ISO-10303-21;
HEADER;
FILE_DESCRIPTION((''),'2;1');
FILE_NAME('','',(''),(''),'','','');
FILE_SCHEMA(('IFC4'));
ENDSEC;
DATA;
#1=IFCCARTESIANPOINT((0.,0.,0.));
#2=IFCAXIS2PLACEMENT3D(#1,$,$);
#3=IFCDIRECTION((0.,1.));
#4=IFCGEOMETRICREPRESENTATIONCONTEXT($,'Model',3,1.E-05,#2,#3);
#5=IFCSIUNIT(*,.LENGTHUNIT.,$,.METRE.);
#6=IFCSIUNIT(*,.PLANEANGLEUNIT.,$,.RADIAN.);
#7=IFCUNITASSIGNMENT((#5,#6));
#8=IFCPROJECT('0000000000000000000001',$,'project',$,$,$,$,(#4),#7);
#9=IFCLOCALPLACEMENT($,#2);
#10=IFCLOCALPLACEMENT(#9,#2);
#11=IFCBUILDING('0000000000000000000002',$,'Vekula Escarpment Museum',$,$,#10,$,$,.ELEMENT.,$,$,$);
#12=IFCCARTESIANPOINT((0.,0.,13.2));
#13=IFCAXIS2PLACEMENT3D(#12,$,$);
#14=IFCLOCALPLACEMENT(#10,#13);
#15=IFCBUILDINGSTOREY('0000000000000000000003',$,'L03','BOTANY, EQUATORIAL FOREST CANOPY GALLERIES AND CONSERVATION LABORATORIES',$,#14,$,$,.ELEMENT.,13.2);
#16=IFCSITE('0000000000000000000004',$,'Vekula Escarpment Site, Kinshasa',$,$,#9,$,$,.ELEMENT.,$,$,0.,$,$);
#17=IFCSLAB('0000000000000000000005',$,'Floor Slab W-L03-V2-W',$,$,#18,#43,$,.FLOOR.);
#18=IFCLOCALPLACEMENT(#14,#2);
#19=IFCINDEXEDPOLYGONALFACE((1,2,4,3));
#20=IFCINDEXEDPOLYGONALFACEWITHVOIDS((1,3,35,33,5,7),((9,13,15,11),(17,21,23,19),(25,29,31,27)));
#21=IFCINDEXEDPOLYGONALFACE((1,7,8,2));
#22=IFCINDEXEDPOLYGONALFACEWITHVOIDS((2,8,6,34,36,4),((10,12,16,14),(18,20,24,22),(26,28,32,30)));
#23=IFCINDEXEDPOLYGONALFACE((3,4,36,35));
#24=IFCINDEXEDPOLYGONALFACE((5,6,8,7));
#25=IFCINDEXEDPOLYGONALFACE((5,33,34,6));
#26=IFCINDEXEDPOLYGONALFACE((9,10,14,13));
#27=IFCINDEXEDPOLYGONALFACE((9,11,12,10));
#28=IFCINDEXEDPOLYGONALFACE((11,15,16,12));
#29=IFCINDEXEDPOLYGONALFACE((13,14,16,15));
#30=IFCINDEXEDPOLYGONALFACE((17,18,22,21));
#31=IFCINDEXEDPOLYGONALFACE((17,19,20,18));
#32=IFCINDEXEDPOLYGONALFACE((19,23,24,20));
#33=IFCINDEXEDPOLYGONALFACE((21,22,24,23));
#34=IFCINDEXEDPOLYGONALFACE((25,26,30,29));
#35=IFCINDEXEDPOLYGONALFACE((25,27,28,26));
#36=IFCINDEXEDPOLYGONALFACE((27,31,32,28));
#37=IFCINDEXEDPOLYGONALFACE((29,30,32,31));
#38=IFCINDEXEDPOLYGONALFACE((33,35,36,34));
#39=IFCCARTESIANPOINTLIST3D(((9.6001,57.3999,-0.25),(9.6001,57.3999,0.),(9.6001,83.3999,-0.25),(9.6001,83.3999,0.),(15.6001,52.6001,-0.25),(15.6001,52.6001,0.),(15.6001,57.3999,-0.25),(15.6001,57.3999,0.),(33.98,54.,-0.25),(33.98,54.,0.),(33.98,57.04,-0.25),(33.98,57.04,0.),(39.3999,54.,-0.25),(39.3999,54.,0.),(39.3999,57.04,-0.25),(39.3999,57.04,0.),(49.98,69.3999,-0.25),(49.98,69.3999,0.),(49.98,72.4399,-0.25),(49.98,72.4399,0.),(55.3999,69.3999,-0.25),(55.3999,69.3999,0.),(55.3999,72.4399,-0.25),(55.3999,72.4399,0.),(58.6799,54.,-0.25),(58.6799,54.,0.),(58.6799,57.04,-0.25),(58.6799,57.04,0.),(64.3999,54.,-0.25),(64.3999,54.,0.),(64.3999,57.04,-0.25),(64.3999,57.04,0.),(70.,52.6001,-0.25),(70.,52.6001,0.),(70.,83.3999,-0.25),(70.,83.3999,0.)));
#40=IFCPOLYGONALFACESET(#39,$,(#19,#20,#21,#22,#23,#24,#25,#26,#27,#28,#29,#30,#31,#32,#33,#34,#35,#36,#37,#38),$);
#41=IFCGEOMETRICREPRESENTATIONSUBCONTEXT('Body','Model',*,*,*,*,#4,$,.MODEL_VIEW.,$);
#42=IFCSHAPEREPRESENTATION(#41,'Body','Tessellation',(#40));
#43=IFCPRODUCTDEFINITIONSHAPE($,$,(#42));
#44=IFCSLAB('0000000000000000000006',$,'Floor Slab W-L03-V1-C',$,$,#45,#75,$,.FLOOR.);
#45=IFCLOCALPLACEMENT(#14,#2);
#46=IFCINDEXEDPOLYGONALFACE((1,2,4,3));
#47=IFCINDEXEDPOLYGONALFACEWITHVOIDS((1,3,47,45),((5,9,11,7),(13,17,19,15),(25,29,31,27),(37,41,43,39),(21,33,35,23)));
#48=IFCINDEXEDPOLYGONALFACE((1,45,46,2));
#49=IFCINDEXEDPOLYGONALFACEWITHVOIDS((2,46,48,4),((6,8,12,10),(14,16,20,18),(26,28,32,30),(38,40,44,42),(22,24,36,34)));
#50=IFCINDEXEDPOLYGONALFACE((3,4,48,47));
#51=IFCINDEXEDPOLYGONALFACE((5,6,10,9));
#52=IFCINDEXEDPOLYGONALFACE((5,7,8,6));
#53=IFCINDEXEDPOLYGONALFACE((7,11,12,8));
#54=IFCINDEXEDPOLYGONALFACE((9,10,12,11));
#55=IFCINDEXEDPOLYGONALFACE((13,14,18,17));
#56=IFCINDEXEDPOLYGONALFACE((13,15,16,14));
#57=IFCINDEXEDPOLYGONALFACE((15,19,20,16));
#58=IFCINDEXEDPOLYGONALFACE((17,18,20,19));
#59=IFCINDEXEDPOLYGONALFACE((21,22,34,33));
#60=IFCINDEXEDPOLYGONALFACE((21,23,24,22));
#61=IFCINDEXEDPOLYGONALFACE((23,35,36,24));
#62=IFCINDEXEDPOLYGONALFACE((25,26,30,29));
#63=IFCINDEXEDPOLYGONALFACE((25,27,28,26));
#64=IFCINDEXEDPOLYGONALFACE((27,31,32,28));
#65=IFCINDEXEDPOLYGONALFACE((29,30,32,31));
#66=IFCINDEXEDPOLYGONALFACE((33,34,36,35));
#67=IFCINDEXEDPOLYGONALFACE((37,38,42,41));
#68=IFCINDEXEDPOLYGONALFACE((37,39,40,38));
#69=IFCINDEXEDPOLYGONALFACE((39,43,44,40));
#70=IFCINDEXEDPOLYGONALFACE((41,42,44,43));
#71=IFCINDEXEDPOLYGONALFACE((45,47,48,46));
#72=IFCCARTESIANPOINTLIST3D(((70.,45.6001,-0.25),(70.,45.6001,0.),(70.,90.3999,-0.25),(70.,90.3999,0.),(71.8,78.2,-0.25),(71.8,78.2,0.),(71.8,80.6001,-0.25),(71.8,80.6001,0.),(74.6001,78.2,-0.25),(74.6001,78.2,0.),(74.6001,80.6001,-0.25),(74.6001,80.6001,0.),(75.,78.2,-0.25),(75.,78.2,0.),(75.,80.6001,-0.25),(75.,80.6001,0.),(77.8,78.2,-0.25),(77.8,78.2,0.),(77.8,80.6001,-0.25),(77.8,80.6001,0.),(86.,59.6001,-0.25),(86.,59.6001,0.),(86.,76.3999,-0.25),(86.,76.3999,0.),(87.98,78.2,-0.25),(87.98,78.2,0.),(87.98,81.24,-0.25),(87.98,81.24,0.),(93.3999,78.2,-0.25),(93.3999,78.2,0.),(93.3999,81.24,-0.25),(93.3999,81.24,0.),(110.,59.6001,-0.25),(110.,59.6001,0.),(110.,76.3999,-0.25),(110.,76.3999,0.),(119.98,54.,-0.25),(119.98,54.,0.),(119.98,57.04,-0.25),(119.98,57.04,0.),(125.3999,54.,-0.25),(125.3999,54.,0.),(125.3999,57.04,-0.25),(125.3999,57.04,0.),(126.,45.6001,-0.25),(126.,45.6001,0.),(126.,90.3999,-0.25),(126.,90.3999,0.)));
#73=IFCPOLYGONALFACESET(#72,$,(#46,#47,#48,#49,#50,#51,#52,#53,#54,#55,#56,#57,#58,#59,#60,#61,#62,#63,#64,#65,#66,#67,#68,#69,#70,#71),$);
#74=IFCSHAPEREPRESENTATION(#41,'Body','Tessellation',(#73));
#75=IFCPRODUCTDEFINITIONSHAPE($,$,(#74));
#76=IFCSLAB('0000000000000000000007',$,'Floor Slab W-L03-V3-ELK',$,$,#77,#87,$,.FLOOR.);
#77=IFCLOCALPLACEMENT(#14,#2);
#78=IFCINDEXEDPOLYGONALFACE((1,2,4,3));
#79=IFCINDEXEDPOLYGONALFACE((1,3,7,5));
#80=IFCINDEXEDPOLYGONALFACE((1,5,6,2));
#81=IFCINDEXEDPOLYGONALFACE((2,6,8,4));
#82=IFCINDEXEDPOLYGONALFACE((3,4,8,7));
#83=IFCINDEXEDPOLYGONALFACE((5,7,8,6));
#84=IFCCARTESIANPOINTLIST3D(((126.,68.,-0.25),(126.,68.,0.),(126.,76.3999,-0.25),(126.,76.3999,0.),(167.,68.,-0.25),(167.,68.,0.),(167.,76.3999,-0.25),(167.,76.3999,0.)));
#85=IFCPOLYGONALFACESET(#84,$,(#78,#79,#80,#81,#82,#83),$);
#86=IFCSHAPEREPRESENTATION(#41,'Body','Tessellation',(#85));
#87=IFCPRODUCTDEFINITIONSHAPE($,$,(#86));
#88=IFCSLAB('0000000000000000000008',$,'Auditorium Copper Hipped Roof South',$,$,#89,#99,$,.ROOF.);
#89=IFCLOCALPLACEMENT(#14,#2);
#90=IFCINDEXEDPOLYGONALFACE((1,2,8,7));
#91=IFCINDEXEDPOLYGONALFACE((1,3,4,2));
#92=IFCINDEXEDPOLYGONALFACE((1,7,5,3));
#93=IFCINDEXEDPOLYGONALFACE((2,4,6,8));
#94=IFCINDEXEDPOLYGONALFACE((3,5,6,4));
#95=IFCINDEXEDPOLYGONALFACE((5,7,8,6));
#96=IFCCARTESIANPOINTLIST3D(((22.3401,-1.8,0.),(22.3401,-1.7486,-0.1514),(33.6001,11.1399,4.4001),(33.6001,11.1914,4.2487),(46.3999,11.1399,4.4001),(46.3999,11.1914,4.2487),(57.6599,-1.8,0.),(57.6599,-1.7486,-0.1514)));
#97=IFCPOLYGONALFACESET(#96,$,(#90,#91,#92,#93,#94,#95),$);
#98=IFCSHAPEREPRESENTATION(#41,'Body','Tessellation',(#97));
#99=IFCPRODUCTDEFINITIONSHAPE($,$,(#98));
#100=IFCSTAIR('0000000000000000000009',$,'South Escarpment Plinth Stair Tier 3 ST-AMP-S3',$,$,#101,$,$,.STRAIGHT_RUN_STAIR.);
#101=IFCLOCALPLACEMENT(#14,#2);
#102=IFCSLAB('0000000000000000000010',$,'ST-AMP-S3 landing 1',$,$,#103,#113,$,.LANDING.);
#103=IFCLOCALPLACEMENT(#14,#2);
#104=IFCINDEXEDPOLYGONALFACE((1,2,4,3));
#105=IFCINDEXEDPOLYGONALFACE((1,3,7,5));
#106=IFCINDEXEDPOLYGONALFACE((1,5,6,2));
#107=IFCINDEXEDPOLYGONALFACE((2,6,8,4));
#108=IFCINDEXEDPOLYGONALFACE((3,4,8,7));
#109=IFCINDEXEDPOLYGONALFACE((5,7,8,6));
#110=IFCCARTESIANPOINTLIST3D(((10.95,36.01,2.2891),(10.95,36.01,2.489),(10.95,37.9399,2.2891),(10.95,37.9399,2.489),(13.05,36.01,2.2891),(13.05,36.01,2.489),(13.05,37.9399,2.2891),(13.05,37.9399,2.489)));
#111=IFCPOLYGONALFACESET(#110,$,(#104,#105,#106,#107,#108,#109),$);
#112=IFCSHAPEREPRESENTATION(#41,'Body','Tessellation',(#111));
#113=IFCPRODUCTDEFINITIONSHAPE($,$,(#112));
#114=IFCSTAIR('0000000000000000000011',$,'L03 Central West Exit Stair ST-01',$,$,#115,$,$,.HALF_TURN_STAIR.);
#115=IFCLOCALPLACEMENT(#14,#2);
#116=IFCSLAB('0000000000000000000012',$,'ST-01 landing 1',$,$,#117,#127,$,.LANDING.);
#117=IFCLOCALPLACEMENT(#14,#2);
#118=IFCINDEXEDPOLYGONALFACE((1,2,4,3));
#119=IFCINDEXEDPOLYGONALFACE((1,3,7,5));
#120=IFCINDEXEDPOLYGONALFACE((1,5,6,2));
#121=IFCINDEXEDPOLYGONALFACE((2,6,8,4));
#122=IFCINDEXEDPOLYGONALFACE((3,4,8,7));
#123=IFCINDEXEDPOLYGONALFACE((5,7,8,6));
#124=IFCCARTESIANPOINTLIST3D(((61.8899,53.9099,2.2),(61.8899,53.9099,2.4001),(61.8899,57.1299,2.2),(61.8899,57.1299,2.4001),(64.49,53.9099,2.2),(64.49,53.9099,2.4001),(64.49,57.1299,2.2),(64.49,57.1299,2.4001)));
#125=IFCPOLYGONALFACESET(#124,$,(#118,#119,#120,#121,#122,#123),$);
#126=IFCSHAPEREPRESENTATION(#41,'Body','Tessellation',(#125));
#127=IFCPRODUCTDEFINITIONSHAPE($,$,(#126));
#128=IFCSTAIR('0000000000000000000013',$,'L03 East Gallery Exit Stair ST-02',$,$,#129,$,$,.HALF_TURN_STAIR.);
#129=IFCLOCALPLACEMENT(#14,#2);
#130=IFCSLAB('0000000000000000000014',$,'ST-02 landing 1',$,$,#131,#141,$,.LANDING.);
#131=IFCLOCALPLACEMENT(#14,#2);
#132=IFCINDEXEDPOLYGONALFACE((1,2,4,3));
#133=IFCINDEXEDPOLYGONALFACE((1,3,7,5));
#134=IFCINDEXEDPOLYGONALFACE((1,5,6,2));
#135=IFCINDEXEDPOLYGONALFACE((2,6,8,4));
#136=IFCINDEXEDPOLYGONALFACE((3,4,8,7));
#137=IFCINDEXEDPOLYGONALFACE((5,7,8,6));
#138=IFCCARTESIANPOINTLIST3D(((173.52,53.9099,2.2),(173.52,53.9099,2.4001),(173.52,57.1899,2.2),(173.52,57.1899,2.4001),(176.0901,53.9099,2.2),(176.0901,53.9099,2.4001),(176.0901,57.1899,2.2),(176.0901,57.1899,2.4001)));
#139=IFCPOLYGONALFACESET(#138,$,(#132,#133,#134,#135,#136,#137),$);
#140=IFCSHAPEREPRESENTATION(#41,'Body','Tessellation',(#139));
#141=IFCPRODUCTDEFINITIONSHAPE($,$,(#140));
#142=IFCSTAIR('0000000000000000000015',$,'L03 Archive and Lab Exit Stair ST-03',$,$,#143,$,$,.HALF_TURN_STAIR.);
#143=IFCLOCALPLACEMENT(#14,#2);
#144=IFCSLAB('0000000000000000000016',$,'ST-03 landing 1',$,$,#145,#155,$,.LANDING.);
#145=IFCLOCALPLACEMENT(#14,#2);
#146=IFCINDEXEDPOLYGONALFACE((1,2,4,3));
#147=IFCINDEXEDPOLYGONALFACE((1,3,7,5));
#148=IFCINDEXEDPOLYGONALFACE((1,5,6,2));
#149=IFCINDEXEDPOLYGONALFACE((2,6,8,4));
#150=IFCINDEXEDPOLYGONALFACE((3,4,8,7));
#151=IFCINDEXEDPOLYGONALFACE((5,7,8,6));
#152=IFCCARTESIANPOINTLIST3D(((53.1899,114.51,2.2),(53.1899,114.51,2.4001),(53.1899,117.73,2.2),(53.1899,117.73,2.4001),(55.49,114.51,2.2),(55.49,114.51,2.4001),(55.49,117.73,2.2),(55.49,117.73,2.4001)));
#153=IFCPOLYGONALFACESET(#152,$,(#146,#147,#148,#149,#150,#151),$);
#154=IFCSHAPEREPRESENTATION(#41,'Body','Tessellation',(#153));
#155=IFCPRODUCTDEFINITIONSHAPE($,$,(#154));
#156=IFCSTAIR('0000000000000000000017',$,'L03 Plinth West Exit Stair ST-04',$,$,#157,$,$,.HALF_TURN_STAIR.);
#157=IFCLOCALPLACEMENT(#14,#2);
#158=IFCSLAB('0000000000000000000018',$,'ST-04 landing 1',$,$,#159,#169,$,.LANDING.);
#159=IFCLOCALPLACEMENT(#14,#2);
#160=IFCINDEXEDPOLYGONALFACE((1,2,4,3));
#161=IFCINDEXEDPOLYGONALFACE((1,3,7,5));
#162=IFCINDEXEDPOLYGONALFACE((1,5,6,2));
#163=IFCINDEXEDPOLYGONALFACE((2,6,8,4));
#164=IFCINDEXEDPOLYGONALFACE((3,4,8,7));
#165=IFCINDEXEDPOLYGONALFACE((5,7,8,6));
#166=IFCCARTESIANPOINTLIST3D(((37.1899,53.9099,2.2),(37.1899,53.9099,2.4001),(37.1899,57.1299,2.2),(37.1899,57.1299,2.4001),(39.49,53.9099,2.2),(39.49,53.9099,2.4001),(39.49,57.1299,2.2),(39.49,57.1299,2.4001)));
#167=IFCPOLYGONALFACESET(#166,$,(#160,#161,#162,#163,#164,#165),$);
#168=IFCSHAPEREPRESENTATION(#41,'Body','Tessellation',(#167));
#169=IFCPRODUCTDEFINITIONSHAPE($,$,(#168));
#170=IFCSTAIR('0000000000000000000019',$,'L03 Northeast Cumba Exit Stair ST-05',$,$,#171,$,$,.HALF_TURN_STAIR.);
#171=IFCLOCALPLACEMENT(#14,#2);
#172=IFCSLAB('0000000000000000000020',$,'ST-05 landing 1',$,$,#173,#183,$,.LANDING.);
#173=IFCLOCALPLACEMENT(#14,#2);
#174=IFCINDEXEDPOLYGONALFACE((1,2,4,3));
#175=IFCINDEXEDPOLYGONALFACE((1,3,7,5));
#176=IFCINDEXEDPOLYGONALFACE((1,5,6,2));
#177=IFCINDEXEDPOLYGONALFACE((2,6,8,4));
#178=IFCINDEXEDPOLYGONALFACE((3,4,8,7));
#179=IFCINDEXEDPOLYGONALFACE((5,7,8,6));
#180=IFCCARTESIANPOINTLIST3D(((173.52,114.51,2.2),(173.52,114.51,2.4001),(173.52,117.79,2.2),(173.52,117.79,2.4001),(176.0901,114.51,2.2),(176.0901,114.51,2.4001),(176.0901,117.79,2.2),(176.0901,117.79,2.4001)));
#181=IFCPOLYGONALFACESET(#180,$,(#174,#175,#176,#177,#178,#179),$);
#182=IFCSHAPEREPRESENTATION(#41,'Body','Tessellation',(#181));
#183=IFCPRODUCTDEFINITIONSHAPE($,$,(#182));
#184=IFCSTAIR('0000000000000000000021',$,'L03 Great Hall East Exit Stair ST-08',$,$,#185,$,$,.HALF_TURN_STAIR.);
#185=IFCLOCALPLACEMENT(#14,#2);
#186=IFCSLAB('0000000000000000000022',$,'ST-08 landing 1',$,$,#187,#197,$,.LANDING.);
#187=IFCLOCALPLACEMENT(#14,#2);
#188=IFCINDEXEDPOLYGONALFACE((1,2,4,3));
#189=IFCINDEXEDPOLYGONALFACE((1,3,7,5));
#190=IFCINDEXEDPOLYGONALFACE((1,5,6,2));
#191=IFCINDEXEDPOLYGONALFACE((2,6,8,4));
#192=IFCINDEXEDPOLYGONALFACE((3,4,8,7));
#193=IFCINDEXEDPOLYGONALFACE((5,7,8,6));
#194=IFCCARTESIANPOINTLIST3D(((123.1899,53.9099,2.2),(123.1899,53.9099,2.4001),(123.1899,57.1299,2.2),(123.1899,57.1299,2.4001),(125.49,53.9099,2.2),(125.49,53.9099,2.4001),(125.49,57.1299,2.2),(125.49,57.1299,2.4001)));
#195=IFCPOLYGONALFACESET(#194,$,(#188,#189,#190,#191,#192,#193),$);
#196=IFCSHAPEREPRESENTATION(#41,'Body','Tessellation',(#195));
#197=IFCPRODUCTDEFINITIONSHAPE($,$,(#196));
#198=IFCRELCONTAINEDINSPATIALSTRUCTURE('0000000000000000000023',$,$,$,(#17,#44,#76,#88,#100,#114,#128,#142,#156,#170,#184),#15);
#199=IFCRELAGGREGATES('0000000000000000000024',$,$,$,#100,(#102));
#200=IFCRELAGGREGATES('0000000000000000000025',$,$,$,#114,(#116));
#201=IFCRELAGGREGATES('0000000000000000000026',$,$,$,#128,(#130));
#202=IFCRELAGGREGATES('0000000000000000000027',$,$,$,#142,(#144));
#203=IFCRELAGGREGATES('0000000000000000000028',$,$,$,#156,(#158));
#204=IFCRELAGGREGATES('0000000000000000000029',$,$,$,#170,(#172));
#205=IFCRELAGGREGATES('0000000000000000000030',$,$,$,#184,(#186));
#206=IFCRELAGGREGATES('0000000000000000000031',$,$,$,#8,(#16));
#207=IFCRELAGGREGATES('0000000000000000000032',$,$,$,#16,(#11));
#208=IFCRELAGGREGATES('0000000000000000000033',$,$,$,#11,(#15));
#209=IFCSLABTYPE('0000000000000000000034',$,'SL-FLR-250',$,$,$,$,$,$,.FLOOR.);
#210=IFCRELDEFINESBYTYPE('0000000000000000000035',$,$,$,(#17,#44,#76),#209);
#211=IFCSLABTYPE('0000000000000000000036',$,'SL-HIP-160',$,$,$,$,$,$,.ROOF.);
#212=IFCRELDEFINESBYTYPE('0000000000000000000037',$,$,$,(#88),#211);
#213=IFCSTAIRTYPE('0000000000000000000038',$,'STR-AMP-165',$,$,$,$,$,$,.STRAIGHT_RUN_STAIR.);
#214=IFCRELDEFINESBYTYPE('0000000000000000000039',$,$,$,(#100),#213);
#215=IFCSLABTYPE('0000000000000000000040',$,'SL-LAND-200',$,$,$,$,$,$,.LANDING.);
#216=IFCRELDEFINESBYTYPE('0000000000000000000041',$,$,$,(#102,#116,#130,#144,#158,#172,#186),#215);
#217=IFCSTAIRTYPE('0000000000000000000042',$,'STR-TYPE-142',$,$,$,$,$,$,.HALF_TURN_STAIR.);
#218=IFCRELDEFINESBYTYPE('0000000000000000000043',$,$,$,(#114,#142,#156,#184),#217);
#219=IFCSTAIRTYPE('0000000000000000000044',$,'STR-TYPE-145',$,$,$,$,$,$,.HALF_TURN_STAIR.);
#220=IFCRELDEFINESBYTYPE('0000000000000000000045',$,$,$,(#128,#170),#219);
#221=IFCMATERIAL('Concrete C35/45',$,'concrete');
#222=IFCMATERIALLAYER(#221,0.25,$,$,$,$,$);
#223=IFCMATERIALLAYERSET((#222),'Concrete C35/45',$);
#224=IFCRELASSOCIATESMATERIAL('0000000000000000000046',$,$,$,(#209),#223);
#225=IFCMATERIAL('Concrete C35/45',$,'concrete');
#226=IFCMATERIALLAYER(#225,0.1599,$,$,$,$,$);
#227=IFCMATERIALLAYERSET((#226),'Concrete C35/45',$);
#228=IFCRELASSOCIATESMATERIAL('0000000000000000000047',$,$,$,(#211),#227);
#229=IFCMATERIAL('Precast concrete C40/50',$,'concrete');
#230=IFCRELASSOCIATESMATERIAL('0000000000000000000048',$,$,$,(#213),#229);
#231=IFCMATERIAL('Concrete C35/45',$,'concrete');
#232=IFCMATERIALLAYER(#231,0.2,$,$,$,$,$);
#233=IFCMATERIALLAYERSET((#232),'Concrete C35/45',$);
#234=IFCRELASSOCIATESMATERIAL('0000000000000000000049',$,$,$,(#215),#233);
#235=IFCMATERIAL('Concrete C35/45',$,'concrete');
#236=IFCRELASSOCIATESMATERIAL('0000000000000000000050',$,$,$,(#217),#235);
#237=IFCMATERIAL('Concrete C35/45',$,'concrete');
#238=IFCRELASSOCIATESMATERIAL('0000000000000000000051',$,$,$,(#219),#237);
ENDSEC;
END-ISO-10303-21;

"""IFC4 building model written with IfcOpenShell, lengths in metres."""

from ifc_helpers import new_model, si_unit, direction, frame, origin, place, context, subcontext, project, spatial, polyline, outline, extrude, material, layer, layer_set, type_object, element, aggregate, save


model = new_model("IFC4")

# Units and contexts
model_context = context("Model", 3, precision=1e-05, world=origin(), true_north=direction((0.0, 1.0)))
body_context = subcontext(model_context, "Body", "Model", "MODEL_VIEW")
ifc_project = project(units=[si_unit("LENGTHUNIT", "METRE"), si_unit("PLANEANGLEUNIT", "RADIAN")], contexts=[model_context])

# Site, building, storey
site_placement = place(None, origin())
site = spatial("IfcSite", under=ifc_project, at=site_placement, Name="Vekula Escarpment Site, Kinshasa", CompositionType="ELEMENT", RefElevation=0.0)
building_placement = place(site_placement, origin())
building = spatial("IfcBuilding", under=site, at=building_placement, Name="Vekula Escarpment Museum", CompositionType="ELEMENT")
storey_placement = place(building_placement, frame((0.0, 0.0, 13.2)))
storey = spatial("IfcBuildingStorey", under=building, at=storey_placement, Name="L03", Description="BOTANY, EQUATORIAL FOREST CANOPY GALLERIES AND CONSERVATION LABORATORIES", CompositionType="ELEMENT", Elevation=13.2)

# Slabs
ifc_material_1 = material(Name="Concrete C35/45", Category="concrete")
ifc_layer_1 = layer(ifc_material_1, 0.25)
ifc_layer_set_1 = layer_set([ifc_layer_1], Name="Concrete C35/45")
slab_type_1 = type_object("IfcSlabType", Name="SL-FLR-250", PredefinedType="FLOOR", material=ifc_layer_set_1)
slab_1_placement = place(storey_placement, frame((0.0, 0.0, -0.25)))
element("IfcSlab", 1, at=slab_1_placement, inside=storey, type_object=slab_type_1, Name="Floor Slab W-L03-V2-W", PredefinedType="FLOOR", context=body_context, shape_type="SweptSolid", body=[
    extrude(outline(polyline([(15.6001, 52.6001), (70.0, 52.6001), (70.0, 83.3999), (9.6001, 83.3999), (9.6001, 57.3999), (15.6001, 57.3999), (15.6001, 52.6001)]), holes=[polyline([(58.6799, 54.0), (64.3999, 54.0), (64.3999, 57.04), (58.6799, 57.04), (58.6799, 54.0)]), polyline([(33.98, 54.0), (39.3999, 54.0), (39.3999, 57.04), (33.98, 57.04), (33.98, 54.0)]), polyline([(49.98, 69.3999), (55.3999, 69.3999), (55.3999, 72.4399), (49.98, 72.4399), (49.98, 69.3999)])]), origin(), (0.0, 0.0, 1.0), 0.25),
])
slab_2_placement = place(storey_placement, frame((0.0, 0.0, -0.25)))
element("IfcSlab", 2, at=slab_2_placement, inside=storey, type_object=slab_type_1, Name="Floor Slab W-L03-V1-C", PredefinedType="FLOOR", context=body_context, shape_type="SweptSolid", body=[
    extrude(outline(polyline([(70.0, 45.6001), (126.0, 45.6001), (126.0, 90.3999), (70.0, 90.3999), (70.0, 45.6001)]), holes=[polyline([(86.0, 59.6001), (110.0, 59.6001), (110.0, 76.3999), (86.0, 76.3999), (86.0, 59.6001)]), polyline([(119.98, 54.0), (125.3999, 54.0), (125.3999, 57.04), (119.98, 57.04), (119.98, 54.0)]), polyline([(87.98, 78.2), (93.3999, 78.2), (93.3999, 81.24), (87.98, 81.24), (87.98, 78.2)]), polyline([(71.8, 78.2), (74.6001, 78.2), (74.6001, 80.6001), (71.8, 80.6001), (71.8, 78.2)]), polyline([(75.0, 78.2), (77.8, 78.2), (77.8, 80.6001), (75.0, 80.6001), (75.0, 78.2)])]), origin(), (0.0, 0.0, 1.0), 0.25),
])
slab_3_placement = place(storey_placement, frame((0.0, 0.0, -0.25)))
element("IfcSlab", 3, at=slab_3_placement, inside=storey, type_object=slab_type_1, Name="Floor Slab W-L03-V3-ELK", PredefinedType="FLOOR", context=body_context, shape_type="SweptSolid", body=[
    extrude(outline(polyline([(126.0, 68.0), (167.0, 68.0), (167.0, 76.3999), (126.0, 76.3999), (126.0, 68.0)])), origin(), (0.0, 0.0, 1.0), 0.25),
])
ifc_material_2 = material(Name="Concrete C35/45", Category="concrete")
ifc_layer_2 = layer(ifc_material_2, 0.1599)
ifc_layer_set_2 = layer_set([ifc_layer_2], Name="Concrete C35/45")
slab_type_2 = type_object("IfcSlabType", Name="SL-HIP-160", PredefinedType="ROOF", material=ifc_layer_set_2)
slab_4_placement = place(storey_placement, frame((22.3401, -1.8, 0.0), z_axis=(0.0, -0.32194, 0.94676), x_axis=(1.0, 0.0, 0.0)))
element("IfcSlab", 4, at=slab_4_placement, inside=storey, type_object=slab_type_2, Name="Auditorium Copper Hipped Roof South", PredefinedType="ROOF", context=body_context, shape_type="SweptSolid", body=[
    extrude(outline(polyline([(0.0, 0.0), (35.3198, 0.0), (24.0598, 13.6676), (11.26, 13.6676), (0.0, 0.0)])), origin(), (0.0, 0.0, -1.0), 0.1599),
])

# Stairs, slabs
ifc_material_3 = material(Name="Precast concrete C40/50", Category="concrete")
stair_type_1 = type_object("IfcStairType", Name="STR-AMP-165", PredefinedType="STRAIGHT_RUN_STAIR", material=ifc_material_3)
stair_1_placement = place(storey_placement, origin())
stair_1 = element("IfcStair", 5, at=stair_1_placement, inside=storey, type_object=stair_type_1, Name="South Escarpment Plinth Stair Tier 3 ST-AMP-S3", PredefinedType="STRAIGHT_RUN_STAIR")
ifc_material_4 = material(Name="Concrete C35/45", Category="concrete")
ifc_layer_3 = layer(ifc_material_4, 0.2)
ifc_layer_set_3 = layer_set([ifc_layer_3], Name="Concrete C35/45")
slab_type_3 = type_object("IfcSlabType", Name="SL-LAND-200", PredefinedType="LANDING", material=ifc_layer_set_3)
slab_5_placement = place(storey_placement, frame((0.0, 0.0, 2.2891)))
slab_5 = element("IfcSlab", 6, at=slab_5_placement, type_object=slab_type_3, Name="ST-AMP-S3 landing 1", PredefinedType="LANDING", context=body_context, shape_type="SweptSolid", body=[
    extrude(outline(polyline([(10.95, 36.01), (13.05, 36.01), (13.05, 37.9399), (10.95, 37.9399), (10.95, 36.01)])), origin(), (0.0, 0.0, 1.0), 0.2),
])
aggregate(stair_1, [slab_5])
ifc_material_5 = material(Name="Concrete C35/45", Category="concrete")
stair_type_2 = type_object("IfcStairType", Name="STR-TYPE-142", PredefinedType="HALF_TURN_STAIR", material=ifc_material_5)
stair_2_placement = place(storey_placement, origin())
stair_2 = element("IfcStair", 7, at=stair_2_placement, inside=storey, type_object=stair_type_2, Name="L03 Central West Exit Stair ST-01", PredefinedType="HALF_TURN_STAIR")
slab_6_placement = place(storey_placement, frame((0.0, 0.0, 2.2)))
slab_6 = element("IfcSlab", 8, at=slab_6_placement, type_object=slab_type_3, Name="ST-01 landing 1", PredefinedType="LANDING", context=body_context, shape_type="SweptSolid", body=[
    extrude(outline(polyline([(61.8899, 53.9099), (64.49, 53.9099), (64.49, 57.1299), (61.8899, 57.1299), (61.8899, 53.9099)])), origin(), (0.0, 0.0, 1.0), 0.2002),
])
aggregate(stair_2, [slab_6])
ifc_material_6 = material(Name="Concrete C35/45", Category="concrete")
stair_type_3 = type_object("IfcStairType", Name="STR-TYPE-145", PredefinedType="HALF_TURN_STAIR", material=ifc_material_6)
stair_3_placement = place(storey_placement, origin())
stair_3 = element("IfcStair", 9, at=stair_3_placement, inside=storey, type_object=stair_type_3, Name="L03 East Gallery Exit Stair ST-02", PredefinedType="HALF_TURN_STAIR")
slab_7_placement = place(storey_placement, frame((0.0, 0.0, 2.2)))
slab_7 = element("IfcSlab", 10, at=slab_7_placement, type_object=slab_type_3, Name="ST-02 landing 1", PredefinedType="LANDING", context=body_context, shape_type="SweptSolid", body=[
    extrude(outline(polyline([(173.52, 53.9099), (176.0901, 53.9099), (176.0901, 57.1899), (173.52, 57.1899), (173.52, 53.9099)])), origin(), (0.0, 0.0, 1.0), 0.2002),
])
aggregate(stair_3, [slab_7])
stair_4_placement = place(storey_placement, origin())
stair_4 = element("IfcStair", 11, at=stair_4_placement, inside=storey, type_object=stair_type_2, Name="L03 Archive and Lab Exit Stair ST-03", PredefinedType="HALF_TURN_STAIR")
slab_8_placement = place(storey_placement, frame((0.0, 0.0, 2.2)))
slab_8 = element("IfcSlab", 12, at=slab_8_placement, type_object=slab_type_3, Name="ST-03 landing 1", PredefinedType="LANDING", context=body_context, shape_type="SweptSolid", body=[
    extrude(outline(polyline([(53.1899, 114.51), (55.49, 114.51), (55.49, 117.73), (53.1899, 117.73), (53.1899, 114.51)])), origin(), (0.0, 0.0, 1.0), 0.2002),
])
aggregate(stair_4, [slab_8])
stair_5_placement = place(storey_placement, origin())
stair_5 = element("IfcStair", 13, at=stair_5_placement, inside=storey, type_object=stair_type_2, Name="L03 Plinth West Exit Stair ST-04", PredefinedType="HALF_TURN_STAIR")
slab_9_placement = place(storey_placement, frame((0.0, 0.0, 2.2)))
slab_9 = element("IfcSlab", 14, at=slab_9_placement, type_object=slab_type_3, Name="ST-04 landing 1", PredefinedType="LANDING", context=body_context, shape_type="SweptSolid", body=[
    extrude(outline(polyline([(37.1899, 53.9099), (39.49, 53.9099), (39.49, 57.1299), (37.1899, 57.1299), (37.1899, 53.9099)])), origin(), (0.0, 0.0, 1.0), 0.2002),
])
aggregate(stair_5, [slab_9])
stair_6_placement = place(storey_placement, origin())
stair_6 = element("IfcStair", 15, at=stair_6_placement, inside=storey, type_object=stair_type_3, Name="L03 Northeast Cumba Exit Stair ST-05", PredefinedType="HALF_TURN_STAIR")
slab_10_placement = place(storey_placement, frame((0.0, 0.0, 2.2)))
slab_10 = element("IfcSlab", 16, at=slab_10_placement, type_object=slab_type_3, Name="ST-05 landing 1", PredefinedType="LANDING", context=body_context, shape_type="SweptSolid", body=[
    extrude(outline(polyline([(173.52, 114.51), (176.0901, 114.51), (176.0901, 117.79), (173.52, 117.79), (173.52, 114.51)])), origin(), (0.0, 0.0, 1.0), 0.2002),
])
aggregate(stair_6, [slab_10])
stair_7_placement = place(storey_placement, origin())
stair_7 = element("IfcStair", 17, at=stair_7_placement, inside=storey, type_object=stair_type_2, Name="L03 Great Hall East Exit Stair ST-08", PredefinedType="HALF_TURN_STAIR")
slab_11_placement = place(storey_placement, frame((0.0, 0.0, 2.2)))
slab_11 = element("IfcSlab", 18, at=slab_11_placement, type_object=slab_type_3, Name="ST-08 landing 1", PredefinedType="LANDING", context=body_context, shape_type="SweptSolid", body=[
    extrude(outline(polyline([(123.1899, 53.9099), (125.49, 53.9099), (125.49, 57.1299), (123.1899, 57.1299), (123.1899, 53.9099)])), origin(), (0.0, 0.0, 1.0), 0.2002),
])
aggregate(stair_7, [slab_11])

save(model, "model.ifc")
